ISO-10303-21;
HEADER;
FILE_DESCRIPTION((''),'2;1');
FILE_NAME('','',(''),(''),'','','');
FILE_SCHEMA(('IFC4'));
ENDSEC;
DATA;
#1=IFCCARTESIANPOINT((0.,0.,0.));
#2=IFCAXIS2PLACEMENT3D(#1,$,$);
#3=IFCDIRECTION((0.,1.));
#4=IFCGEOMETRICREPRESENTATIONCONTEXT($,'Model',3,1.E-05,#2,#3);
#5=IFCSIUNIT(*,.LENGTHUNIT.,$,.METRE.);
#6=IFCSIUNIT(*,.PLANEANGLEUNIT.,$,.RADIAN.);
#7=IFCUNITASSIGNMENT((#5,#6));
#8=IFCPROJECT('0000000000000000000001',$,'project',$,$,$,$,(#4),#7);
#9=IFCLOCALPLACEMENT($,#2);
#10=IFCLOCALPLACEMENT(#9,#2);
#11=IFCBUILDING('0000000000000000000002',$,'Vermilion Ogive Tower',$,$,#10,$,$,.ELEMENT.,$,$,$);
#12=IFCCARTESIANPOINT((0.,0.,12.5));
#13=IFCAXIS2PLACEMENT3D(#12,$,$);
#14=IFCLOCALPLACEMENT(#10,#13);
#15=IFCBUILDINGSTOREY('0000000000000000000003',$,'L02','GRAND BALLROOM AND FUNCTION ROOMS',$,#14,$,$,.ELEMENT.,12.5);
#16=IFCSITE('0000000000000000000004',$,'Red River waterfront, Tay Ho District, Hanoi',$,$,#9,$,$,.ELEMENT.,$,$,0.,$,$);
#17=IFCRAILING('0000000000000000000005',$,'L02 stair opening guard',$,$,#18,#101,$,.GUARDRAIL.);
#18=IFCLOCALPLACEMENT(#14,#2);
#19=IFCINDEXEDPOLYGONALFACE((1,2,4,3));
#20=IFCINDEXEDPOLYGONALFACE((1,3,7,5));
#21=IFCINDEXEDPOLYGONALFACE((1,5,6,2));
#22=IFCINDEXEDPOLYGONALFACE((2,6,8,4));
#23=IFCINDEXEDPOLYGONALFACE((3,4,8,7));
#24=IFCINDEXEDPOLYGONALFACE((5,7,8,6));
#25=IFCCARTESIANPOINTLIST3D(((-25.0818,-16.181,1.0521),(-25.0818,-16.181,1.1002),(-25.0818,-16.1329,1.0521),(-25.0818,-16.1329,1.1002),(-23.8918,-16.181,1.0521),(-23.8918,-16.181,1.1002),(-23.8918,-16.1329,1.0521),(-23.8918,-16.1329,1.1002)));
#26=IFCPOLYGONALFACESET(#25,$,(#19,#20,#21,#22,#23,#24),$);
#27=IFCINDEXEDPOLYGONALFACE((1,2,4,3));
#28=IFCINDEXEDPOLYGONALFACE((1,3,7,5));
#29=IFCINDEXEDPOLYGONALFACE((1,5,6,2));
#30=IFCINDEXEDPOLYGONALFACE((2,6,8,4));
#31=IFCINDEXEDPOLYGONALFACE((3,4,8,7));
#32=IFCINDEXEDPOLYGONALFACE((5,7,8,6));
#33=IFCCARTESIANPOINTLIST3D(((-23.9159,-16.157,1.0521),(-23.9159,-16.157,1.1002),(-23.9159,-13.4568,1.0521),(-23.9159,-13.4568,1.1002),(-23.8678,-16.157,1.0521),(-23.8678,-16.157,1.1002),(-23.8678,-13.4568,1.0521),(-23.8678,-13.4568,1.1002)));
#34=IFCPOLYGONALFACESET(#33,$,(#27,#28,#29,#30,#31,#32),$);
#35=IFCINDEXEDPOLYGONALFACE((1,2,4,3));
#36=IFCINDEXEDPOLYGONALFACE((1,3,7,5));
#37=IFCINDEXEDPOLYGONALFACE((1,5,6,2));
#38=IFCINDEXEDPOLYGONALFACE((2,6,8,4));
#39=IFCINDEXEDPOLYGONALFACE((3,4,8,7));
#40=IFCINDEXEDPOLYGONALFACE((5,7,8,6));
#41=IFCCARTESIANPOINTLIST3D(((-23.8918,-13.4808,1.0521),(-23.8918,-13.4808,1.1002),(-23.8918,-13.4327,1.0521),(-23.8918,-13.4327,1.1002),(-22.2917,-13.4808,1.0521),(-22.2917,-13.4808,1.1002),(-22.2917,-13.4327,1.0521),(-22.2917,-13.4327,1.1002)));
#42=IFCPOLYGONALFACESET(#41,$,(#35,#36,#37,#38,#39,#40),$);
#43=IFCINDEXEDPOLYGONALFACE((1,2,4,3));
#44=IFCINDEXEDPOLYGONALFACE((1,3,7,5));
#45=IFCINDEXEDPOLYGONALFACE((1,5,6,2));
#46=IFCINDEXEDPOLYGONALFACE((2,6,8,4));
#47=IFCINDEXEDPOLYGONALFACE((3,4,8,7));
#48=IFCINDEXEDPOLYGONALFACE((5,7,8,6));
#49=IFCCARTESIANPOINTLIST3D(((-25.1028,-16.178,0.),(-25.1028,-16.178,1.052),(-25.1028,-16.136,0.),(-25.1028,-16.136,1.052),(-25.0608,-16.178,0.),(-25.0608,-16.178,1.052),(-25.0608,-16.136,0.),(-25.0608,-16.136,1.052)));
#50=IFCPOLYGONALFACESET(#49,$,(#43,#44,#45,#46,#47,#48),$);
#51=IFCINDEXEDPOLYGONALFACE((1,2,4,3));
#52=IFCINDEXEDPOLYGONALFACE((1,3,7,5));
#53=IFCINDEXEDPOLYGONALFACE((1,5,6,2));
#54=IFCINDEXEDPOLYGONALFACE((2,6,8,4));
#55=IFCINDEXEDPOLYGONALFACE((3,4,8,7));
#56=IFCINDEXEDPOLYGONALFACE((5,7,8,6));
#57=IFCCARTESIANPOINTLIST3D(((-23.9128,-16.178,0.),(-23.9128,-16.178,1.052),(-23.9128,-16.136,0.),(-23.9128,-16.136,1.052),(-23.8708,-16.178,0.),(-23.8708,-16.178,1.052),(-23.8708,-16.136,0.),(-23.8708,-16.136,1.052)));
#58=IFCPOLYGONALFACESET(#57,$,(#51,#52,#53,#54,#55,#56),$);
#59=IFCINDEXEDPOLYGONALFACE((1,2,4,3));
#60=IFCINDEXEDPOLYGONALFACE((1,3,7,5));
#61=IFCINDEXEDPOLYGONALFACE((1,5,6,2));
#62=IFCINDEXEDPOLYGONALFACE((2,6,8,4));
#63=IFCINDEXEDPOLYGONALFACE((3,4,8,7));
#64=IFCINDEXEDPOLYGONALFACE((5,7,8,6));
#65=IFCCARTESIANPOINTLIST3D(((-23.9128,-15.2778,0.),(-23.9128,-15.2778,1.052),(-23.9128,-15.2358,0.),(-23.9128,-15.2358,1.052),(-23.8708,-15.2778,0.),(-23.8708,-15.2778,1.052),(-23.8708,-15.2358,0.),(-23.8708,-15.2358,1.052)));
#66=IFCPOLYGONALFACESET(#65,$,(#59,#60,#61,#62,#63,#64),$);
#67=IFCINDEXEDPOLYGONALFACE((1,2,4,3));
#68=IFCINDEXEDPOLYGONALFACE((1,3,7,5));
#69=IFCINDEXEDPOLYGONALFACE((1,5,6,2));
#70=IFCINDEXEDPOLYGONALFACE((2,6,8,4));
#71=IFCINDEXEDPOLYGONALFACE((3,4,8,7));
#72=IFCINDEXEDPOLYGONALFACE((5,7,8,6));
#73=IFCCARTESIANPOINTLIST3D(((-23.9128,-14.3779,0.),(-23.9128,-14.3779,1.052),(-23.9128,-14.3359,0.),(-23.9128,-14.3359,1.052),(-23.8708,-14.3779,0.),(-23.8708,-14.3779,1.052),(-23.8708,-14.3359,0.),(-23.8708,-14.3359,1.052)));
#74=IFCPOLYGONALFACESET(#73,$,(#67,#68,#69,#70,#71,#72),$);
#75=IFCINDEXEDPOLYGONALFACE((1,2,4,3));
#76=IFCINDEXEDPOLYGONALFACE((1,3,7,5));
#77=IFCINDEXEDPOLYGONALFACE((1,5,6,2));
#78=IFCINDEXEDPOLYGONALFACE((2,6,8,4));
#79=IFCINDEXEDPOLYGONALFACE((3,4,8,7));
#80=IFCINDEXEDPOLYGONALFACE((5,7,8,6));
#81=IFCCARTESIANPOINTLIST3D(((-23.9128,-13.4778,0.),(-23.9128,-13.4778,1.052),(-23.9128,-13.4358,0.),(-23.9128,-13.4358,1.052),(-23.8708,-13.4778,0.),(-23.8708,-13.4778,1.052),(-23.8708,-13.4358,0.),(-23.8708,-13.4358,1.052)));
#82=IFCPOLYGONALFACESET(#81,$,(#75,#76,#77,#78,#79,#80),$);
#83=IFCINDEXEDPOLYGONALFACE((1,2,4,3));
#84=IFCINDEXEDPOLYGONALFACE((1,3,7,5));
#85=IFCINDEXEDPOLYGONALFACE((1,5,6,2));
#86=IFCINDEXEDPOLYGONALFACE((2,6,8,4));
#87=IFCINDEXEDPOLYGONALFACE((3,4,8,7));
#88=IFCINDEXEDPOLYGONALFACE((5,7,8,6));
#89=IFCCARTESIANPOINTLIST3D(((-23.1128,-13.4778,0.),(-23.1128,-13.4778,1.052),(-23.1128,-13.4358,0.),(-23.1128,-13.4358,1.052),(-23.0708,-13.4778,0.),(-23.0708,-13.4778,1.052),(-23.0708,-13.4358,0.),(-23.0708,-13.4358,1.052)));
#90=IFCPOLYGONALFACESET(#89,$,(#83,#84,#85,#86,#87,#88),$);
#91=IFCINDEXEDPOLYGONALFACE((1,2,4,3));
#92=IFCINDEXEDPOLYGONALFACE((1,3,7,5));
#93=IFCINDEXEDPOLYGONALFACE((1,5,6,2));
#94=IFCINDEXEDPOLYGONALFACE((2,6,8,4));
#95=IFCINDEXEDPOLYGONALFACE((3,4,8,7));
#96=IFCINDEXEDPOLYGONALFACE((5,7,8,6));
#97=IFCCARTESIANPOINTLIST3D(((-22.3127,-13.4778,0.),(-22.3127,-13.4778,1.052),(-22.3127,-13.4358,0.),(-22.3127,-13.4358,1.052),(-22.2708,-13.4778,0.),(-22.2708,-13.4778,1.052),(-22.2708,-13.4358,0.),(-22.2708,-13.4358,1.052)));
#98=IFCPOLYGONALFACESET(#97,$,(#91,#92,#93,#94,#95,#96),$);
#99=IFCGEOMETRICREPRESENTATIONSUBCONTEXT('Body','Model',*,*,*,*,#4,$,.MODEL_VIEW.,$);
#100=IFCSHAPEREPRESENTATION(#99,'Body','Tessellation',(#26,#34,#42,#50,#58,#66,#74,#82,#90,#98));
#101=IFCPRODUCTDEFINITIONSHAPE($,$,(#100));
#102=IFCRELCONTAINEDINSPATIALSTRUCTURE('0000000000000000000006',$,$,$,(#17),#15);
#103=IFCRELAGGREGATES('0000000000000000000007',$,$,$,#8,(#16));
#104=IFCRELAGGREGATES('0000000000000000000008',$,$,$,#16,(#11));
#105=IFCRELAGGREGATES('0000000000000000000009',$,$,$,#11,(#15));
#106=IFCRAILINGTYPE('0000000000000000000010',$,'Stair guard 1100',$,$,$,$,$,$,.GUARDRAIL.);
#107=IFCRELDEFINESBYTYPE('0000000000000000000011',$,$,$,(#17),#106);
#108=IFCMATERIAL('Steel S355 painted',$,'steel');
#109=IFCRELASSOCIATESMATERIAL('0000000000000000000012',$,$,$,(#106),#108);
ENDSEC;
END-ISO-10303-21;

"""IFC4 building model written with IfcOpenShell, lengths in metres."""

from ifc_helpers import new_model, si_unit, direction, frame, origin, origin_2d, place, context, subcontext, project, spatial, rectangle, extrude, material, type_object, element, save


model = new_model("IFC4")

# Units and contexts
model_context = context("Model", 3, precision=1e-05, world=origin(), true_north=direction((0.0, 1.0)))
body_context = subcontext(model_context, "Body", "Model", "MODEL_VIEW")
ifc_project = project(units=[si_unit("LENGTHUNIT", "METRE"), si_unit("PLANEANGLEUNIT", "RADIAN")], contexts=[model_context])

# Site, building, storey
site_placement = place(None, origin())
site = spatial("IfcSite", under=ifc_project, at=site_placement, Name="Red River waterfront, Tay Ho District, Hanoi", CompositionType="ELEMENT", RefElevation=0.0)
building_placement = place(site_placement, origin())
building = spatial("IfcBuilding", under=site, at=building_placement, Name="Vermilion Ogive Tower", CompositionType="ELEMENT")
storey_placement = place(building_placement, frame((0.0, 0.0, 12.5)))
storey = spatial("IfcBuildingStorey", under=building, at=storey_placement, Name="L02", Description="GRAND BALLROOM AND FUNCTION ROOMS", CompositionType="ELEMENT", Elevation=12.5)

# Railing
ifc_material_1 = material(Name="Steel S355 painted", Category="steel")
railing_type = type_object("IfcRailingType", Name="Stair guard 1100", PredefinedType="GUARDRAIL", material=ifc_material_1)
railing_placement = place(storey_placement, frame((-25.0818, -16.157, 0.0)))
element("IfcRailing", 1, at=railing_placement, inside=storey, type_object=railing_type, Name="L02 stair opening guard", PredefinedType="GUARDRAIL", context=body_context, shape_type="SweptSolid", body=[
    extrude(rectangle(XDim=0.0481, YDim=0.0481, at=origin_2d()), frame((0.0, 0.0, 1.0762), z_axis=(1.0, 0.0, 0.0), x_axis=(0.0, 1.0, 0.0)), (0.0, 0.0, 1.0), 1.1899),
    extrude(rectangle(XDim=0.0481, YDim=0.0481, at=origin_2d()), frame((1.1899, 0.0, 1.0762), z_axis=(0.0, 1.0, 0.0), x_axis=(-1.0, 0.0, 0.0)), (0.0, 0.0, 1.0), 2.7002),
    extrude(rectangle(XDim=0.0481, YDim=0.0481, at=origin_2d()), frame((1.1899, 2.7002, 1.0762), z_axis=(1.0, 0.0, 0.0), x_axis=(0.0, 1.0, 0.0)), (0.0, 0.0, 1.0), 1.6001),
    extrude(rectangle(XDim=0.042, YDim=0.042, at=origin_2d()), origin(), (0.0, 0.0, 1.0), 1.052),
    extrude(rectangle(XDim=0.042, YDim=0.042, at=origin_2d()), frame((1.1899, 0.0, 0.0)), (0.0, 0.0, 1.0), 1.052),
    extrude(rectangle(XDim=0.042, YDim=0.042, at=origin_2d()), frame((1.1899, 0.9001, 0.0)), (0.0, 0.0, 1.0), 1.052),
    extrude(rectangle(XDim=0.042, YDim=0.042, at=origin_2d()), frame((1.1899, 1.8, 0.0)), (0.0, 0.0, 1.0), 1.052),
    extrude(rectangle(XDim=0.042, YDim=0.042, at=origin_2d()), frame((1.1899, 2.7002, 0.0)), (0.0, 0.0, 1.0), 1.052),
    extrude(rectangle(XDim=0.042, YDim=0.042, at=origin_2d()), frame((1.99, 2.7002, 0.0)), (0.0, 0.0, 1.0), 1.052),
    extrude(rectangle(XDim=0.042, YDim=0.042, at=origin_2d()), frame((2.79, 2.7002, 0.0)), (0.0, 0.0, 1.0), 1.052),
])

save(model, "model.ifc")
